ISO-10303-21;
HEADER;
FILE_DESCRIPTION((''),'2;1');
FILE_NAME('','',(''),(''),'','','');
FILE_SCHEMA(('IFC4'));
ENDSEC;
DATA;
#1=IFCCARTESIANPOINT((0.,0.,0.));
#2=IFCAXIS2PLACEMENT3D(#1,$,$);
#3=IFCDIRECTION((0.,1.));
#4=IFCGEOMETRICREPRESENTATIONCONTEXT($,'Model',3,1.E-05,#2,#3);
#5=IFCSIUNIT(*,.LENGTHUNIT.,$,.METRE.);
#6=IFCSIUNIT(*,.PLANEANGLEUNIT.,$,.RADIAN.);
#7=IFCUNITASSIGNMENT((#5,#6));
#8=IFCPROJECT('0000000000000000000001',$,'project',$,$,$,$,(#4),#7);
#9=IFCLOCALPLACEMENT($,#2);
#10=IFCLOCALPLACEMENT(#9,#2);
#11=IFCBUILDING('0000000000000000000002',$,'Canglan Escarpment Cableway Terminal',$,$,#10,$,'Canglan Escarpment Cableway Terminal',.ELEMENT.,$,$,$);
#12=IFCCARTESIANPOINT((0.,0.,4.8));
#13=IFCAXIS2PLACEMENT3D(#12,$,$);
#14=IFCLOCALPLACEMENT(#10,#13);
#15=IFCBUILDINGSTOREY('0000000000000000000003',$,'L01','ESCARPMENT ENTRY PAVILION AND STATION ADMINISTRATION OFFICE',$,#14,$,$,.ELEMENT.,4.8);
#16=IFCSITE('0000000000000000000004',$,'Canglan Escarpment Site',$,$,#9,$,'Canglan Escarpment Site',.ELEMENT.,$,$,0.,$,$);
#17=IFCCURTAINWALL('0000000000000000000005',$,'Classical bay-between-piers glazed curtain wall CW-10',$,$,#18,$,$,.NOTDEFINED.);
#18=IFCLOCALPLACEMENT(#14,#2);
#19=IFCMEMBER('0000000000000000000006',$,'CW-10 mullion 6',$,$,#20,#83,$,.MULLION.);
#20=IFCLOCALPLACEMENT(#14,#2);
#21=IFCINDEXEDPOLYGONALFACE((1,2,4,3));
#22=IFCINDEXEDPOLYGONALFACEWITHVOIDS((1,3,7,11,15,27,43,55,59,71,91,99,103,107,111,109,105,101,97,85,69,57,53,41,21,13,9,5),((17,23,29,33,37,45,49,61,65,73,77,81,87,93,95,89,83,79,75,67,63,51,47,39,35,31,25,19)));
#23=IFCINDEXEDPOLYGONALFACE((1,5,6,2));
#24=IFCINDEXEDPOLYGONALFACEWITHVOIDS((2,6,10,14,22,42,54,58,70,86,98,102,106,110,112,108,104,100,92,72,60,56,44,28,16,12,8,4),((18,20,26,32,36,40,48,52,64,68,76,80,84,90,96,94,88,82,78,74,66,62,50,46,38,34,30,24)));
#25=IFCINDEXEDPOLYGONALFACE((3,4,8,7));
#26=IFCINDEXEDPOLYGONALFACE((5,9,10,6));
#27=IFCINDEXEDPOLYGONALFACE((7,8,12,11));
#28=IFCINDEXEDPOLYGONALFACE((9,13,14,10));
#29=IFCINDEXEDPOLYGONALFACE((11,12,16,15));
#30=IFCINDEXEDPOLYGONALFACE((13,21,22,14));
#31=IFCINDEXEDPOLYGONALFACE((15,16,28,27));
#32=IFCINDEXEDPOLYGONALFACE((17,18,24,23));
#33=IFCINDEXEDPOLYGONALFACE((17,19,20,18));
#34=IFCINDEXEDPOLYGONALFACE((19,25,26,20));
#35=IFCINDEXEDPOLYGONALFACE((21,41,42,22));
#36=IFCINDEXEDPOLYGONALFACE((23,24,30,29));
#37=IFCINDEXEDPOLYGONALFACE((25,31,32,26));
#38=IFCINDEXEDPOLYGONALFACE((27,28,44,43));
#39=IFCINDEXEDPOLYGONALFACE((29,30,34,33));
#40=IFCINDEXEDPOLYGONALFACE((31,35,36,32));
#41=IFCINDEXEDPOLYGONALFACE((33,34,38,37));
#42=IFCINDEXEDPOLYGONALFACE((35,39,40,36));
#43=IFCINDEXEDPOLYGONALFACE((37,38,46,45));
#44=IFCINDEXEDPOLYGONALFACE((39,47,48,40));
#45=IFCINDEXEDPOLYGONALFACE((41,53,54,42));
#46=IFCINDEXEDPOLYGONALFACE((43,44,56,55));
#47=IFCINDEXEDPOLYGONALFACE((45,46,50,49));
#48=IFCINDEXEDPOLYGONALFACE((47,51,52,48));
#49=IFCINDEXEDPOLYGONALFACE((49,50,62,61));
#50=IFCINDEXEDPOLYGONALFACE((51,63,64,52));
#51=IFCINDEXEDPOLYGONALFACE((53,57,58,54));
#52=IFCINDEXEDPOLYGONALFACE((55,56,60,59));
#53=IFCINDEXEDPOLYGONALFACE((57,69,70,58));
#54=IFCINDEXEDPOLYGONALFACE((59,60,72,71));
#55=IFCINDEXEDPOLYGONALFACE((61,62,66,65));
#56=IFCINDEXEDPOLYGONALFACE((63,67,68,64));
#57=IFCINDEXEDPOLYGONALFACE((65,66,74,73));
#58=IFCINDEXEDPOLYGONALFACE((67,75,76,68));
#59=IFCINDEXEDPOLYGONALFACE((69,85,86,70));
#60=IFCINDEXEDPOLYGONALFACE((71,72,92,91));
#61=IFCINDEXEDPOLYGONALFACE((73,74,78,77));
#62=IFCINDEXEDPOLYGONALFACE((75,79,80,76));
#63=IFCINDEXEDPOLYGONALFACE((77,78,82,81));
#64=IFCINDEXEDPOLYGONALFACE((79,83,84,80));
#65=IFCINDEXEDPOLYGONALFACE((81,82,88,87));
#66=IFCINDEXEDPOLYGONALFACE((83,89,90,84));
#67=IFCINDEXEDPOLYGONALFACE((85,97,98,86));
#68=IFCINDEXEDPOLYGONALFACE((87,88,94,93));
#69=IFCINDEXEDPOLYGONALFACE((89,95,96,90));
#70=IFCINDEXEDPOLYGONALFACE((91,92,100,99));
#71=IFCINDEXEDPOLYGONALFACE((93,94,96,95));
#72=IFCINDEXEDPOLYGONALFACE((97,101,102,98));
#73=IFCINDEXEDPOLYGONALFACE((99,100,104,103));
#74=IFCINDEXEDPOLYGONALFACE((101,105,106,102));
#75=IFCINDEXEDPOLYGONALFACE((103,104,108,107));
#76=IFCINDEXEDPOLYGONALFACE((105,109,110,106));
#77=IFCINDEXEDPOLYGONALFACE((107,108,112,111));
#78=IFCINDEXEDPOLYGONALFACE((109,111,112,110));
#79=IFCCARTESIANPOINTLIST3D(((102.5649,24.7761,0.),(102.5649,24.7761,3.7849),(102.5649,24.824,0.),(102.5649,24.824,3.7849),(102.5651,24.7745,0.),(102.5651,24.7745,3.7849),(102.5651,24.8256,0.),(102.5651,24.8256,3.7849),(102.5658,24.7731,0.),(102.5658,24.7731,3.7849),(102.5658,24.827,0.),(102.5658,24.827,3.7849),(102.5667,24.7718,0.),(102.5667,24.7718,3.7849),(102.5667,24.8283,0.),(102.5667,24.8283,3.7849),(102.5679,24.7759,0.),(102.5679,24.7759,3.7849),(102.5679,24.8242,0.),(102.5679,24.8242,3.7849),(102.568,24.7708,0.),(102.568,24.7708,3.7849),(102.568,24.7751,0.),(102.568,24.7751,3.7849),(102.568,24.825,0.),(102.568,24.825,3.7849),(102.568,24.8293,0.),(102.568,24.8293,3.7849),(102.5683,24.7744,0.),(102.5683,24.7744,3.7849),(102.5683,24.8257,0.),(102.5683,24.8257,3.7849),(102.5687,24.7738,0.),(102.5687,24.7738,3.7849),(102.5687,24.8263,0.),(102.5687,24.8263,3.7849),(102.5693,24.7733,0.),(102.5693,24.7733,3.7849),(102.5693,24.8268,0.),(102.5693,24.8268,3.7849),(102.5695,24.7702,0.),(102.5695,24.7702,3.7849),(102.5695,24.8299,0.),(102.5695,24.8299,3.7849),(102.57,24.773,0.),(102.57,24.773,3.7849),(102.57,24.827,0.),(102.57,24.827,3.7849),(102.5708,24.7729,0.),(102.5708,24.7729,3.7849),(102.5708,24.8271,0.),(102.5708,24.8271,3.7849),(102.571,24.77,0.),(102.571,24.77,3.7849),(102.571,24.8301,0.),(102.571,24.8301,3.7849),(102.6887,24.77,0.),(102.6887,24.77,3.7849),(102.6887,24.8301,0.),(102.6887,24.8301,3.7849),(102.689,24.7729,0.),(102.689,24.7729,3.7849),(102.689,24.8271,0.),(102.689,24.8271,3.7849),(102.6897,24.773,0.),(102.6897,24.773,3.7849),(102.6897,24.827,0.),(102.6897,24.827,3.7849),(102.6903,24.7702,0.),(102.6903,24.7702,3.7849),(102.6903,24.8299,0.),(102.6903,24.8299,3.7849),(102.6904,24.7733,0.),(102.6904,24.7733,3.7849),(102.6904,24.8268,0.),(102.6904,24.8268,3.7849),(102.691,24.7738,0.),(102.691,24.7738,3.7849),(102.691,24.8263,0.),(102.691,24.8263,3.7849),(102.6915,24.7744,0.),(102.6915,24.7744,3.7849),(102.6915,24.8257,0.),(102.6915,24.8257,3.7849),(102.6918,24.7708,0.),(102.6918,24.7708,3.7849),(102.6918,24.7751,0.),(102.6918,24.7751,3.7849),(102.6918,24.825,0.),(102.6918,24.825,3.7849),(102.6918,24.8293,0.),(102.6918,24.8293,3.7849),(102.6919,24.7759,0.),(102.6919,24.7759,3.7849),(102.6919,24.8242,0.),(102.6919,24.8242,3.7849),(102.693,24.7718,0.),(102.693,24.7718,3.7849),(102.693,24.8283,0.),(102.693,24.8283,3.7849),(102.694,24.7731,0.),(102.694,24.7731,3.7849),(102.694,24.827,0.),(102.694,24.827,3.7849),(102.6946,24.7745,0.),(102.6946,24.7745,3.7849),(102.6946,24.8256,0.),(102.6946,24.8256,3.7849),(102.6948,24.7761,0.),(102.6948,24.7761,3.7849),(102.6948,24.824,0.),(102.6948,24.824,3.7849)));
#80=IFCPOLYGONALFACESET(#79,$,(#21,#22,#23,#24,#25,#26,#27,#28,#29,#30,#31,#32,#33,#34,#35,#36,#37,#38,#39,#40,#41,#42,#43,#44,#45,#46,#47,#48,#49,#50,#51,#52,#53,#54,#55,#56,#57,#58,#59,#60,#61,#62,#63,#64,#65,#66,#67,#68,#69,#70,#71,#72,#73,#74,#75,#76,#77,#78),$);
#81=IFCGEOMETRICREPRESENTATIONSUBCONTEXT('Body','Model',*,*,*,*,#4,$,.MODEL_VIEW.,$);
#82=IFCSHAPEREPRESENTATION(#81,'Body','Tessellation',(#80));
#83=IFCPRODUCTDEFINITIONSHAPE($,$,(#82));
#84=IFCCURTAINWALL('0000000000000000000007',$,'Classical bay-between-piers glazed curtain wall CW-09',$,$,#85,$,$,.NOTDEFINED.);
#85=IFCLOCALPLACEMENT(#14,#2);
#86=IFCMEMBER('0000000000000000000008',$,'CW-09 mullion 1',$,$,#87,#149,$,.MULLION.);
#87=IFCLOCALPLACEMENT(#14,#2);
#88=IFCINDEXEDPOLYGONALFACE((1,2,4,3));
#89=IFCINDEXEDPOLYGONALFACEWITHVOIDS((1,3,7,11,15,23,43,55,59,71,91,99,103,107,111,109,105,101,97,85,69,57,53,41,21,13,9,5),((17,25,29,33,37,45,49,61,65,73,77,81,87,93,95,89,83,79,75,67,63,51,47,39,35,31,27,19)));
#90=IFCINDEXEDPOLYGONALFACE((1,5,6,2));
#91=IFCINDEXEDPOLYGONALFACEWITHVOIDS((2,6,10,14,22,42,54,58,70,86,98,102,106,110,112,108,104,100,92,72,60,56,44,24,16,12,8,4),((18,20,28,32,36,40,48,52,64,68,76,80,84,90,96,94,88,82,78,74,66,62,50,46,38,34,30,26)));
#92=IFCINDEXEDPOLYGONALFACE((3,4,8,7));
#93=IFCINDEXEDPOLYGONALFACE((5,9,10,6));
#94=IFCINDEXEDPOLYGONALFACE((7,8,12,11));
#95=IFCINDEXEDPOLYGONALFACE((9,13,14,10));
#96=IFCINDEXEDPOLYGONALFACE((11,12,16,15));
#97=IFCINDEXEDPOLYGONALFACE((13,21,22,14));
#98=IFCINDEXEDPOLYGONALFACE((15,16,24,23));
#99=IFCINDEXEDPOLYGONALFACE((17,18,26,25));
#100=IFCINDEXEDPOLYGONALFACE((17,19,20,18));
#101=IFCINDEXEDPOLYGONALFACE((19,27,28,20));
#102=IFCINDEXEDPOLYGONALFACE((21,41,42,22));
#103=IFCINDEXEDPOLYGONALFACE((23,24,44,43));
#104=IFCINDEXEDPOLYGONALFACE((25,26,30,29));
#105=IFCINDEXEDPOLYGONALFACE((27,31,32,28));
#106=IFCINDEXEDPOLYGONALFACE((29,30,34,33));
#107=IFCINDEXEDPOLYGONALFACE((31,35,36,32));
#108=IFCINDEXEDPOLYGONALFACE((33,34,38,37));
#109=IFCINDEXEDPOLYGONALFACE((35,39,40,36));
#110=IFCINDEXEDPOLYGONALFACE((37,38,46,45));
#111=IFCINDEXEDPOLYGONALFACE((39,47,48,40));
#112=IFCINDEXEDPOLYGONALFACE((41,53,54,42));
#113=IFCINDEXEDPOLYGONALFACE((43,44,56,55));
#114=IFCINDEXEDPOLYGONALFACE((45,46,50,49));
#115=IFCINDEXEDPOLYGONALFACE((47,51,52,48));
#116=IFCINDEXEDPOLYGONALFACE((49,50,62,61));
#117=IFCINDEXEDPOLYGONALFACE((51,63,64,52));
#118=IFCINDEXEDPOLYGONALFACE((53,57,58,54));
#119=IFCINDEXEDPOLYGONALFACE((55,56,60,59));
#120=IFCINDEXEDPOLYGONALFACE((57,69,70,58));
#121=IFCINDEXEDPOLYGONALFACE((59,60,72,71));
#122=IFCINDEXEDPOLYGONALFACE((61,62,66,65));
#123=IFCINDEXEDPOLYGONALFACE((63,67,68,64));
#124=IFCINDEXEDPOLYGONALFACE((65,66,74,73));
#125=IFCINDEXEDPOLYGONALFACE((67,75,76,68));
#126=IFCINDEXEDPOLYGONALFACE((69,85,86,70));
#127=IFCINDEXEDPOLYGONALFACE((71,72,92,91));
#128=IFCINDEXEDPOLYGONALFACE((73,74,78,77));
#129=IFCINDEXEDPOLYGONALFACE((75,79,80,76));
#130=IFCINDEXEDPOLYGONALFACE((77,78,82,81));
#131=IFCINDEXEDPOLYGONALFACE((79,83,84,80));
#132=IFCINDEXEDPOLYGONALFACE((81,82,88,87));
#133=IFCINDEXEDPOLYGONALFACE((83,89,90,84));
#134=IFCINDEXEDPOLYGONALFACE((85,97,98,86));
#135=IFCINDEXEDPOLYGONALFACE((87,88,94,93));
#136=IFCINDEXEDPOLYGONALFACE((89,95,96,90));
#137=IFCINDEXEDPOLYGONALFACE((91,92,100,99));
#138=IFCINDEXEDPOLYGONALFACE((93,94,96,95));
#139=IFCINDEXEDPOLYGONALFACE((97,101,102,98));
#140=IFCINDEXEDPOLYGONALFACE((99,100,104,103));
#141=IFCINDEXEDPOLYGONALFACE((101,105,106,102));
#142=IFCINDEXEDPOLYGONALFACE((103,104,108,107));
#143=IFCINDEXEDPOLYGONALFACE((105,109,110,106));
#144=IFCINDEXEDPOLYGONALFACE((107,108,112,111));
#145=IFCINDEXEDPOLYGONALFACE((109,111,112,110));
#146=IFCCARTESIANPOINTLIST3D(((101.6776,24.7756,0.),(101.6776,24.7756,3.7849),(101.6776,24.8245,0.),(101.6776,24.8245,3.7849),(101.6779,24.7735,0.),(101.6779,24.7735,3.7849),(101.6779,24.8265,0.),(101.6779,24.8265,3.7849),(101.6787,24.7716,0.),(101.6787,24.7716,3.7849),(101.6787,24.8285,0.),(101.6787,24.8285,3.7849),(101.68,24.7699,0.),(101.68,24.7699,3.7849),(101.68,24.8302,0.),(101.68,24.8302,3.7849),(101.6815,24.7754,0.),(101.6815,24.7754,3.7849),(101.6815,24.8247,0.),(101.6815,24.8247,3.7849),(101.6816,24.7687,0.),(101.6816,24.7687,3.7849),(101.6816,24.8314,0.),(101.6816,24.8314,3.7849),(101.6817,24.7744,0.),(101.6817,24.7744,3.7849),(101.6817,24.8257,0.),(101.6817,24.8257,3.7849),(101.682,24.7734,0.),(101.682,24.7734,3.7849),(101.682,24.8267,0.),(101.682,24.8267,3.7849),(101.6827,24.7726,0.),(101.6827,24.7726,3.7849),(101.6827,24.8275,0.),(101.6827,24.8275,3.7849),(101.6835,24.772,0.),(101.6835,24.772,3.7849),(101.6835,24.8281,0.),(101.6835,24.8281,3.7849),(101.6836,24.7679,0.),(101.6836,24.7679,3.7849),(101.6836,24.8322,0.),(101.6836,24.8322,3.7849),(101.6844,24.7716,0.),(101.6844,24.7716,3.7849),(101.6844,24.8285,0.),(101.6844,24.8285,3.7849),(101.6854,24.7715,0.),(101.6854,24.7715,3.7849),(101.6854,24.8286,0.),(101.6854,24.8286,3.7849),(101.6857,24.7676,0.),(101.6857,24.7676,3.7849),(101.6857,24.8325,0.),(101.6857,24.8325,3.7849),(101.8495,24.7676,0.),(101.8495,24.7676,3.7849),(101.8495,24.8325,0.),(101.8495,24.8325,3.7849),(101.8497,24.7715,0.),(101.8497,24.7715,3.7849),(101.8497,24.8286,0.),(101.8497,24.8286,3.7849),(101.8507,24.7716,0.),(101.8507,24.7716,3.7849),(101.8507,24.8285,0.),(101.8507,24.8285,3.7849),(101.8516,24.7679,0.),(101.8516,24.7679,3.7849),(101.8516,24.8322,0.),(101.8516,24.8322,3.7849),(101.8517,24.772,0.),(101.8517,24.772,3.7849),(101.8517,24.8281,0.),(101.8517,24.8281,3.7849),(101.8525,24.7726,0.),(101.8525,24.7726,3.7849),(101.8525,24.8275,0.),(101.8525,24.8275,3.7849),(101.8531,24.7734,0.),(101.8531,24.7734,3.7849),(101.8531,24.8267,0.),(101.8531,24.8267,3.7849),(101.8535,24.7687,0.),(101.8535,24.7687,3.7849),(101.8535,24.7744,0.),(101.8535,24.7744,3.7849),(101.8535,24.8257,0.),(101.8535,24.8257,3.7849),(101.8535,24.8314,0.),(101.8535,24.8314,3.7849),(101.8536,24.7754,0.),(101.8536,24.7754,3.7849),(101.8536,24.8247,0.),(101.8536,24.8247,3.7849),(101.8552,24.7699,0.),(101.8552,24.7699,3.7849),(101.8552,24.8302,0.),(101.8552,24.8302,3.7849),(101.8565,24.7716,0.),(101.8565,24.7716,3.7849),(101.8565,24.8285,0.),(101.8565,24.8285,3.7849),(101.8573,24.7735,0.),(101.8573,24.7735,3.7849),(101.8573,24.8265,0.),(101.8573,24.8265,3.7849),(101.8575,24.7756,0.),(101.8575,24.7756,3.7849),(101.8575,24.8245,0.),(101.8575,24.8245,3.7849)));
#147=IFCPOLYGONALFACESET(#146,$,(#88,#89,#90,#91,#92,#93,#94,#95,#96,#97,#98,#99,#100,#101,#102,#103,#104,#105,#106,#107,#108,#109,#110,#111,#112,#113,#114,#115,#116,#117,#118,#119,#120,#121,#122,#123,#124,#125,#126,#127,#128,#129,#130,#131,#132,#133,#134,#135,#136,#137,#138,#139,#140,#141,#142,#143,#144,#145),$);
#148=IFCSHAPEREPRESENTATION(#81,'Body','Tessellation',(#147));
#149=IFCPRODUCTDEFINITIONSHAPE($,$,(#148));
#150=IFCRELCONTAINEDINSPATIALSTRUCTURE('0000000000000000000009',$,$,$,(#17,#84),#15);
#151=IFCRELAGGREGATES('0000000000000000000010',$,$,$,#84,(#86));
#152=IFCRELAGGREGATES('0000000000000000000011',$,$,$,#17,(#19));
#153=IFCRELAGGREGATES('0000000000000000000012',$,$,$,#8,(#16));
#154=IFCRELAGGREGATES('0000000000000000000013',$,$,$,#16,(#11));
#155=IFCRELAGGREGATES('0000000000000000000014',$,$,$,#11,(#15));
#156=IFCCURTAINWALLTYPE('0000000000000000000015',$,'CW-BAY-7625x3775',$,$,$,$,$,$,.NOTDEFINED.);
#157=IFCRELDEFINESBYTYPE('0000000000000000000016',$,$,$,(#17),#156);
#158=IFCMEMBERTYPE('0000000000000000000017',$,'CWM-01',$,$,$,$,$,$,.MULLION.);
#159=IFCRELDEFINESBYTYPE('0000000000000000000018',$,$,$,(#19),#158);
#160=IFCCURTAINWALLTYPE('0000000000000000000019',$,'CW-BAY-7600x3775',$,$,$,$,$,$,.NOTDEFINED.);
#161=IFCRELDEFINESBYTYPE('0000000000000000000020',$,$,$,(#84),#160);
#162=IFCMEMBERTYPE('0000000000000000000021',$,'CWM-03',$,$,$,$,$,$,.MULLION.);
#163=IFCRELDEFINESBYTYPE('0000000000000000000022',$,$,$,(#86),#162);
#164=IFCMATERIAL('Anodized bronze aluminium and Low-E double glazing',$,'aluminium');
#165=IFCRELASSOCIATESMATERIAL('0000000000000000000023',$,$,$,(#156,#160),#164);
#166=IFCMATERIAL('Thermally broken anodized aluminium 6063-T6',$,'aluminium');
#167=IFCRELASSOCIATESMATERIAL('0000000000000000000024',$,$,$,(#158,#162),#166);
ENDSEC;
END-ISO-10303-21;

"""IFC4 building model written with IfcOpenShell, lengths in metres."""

from ifc_helpers import new_model, si_unit, direction, frame, origin, origin_2d, place, context, subcontext, project, spatial, hollow_rectangle, extrude, material, material_profile, profile_set, type_object, element, aggregate, save


model = new_model("IFC4")

# Units and contexts
model_context = context("Model", 3, precision=1e-05, world=origin(), true_north=direction((0.0, 1.0)))
body_context = subcontext(model_context, "Body", "Model", "MODEL_VIEW")
ifc_project = project(units=[si_unit("LENGTHUNIT", "METRE"), si_unit("PLANEANGLEUNIT", "RADIAN")], contexts=[model_context])

# Site, building, storey
site_placement = place(None, origin())
site = spatial("IfcSite", under=ifc_project, at=site_placement, Name="Canglan Escarpment Site", LongName="Canglan Escarpment Site", CompositionType="ELEMENT", RefElevation=0.0)
building_placement = place(site_placement, origin())
building = spatial("IfcBuilding", under=site, at=building_placement, Name="Canglan Escarpment Cableway Terminal", LongName="Canglan Escarpment Cableway Terminal", CompositionType="ELEMENT")
storey_placement = place(building_placement, frame((0.0, 0.0, 4.8)))
storey = spatial("IfcBuildingStorey", under=building, at=storey_placement, Name="L01", Description="ESCARPMENT ENTRY PAVILION AND STATION ADMINISTRATION OFFICE", CompositionType="ELEMENT", Elevation=4.8)

# Curtain wall, member
ifc_material_1 = material(Name="Anodized bronze aluminium and Low-E double glazing", Category="aluminium")
curtain_wall_type_1 = type_object("IfcCurtainWallType", Name="CW-BAY-7625x3775", PredefinedType="NOTDEFINED", material=ifc_material_1)
curtain_wall_1_placement = place(storey_placement, origin())
curtain_wall_1 = element("IfcCurtainWall", 1, at=curtain_wall_1_placement, inside=storey, type_object=curtain_wall_type_1, Name="Classical bay-between-piers glazed curtain wall CW-10", PredefinedType="NOTDEFINED")
ifc_material_2 = material(Name="Thermally broken anodized aluminium 6063-T6", Category="aluminium")
ifc_material_profile_1 = material_profile(ifc_material_2, hollow_rectangle(XDim=0.0601, YDim=0.1299, WallThickness=0.0029, InnerFilletRadius=0.0029, OuterFilletRadius=0.0061, at=origin_2d()), Name="ALU-MULL 60x130x3")
ifc_profile_set_1 = profile_set([ifc_material_profile_1], Name="Thermally broken anodized aluminium 6063-T6")
member_type_1 = type_object("IfcMemberType", Name="CWM-01", PredefinedType="MULLION", material=ifc_profile_set_1)
member_1_placement = place(storey_placement, frame((102.6299, 24.8, 0.0), z_axis=(0.0, 0.0, 1.0), x_axis=(0.0, -1.0, 0.0)))
member_1 = element("IfcMember", 2, at=member_1_placement, type_object=member_type_1, Name="CW-10 mullion 6", PredefinedType="MULLION", context=body_context, shape_type="SweptSolid", body=[
    extrude(hollow_rectangle(XDim=0.0601, YDim=0.1299, WallThickness=0.0029, InnerFilletRadius=0.0029, OuterFilletRadius=0.0061, at=origin_2d()), origin(), (0.0, 0.0, 1.0), 3.7849),
])

# Curtain wall, member
curtain_wall_type_2 = type_object("IfcCurtainWallType", Name="CW-BAY-7600x3775", PredefinedType="NOTDEFINED", material=ifc_material_1)
curtain_wall_2_placement = place(storey_placement, origin())
curtain_wall_2 = element("IfcCurtainWall", 3, at=curtain_wall_2_placement, inside=storey, type_object=curtain_wall_type_2, Name="Classical bay-between-piers glazed curtain wall CW-09", PredefinedType="NOTDEFINED")
ifc_material_profile_2 = material_profile(ifc_material_2, hollow_rectangle(XDim=0.0649, YDim=0.1799, WallThickness=0.0039, InnerFilletRadius=0.0039, OuterFilletRadius=0.0081, at=origin_2d()), Name="ALU-MULL 65x180x4")
ifc_profile_set_2 = profile_set([ifc_material_profile_2], Name="Thermally broken anodized aluminium 6063-T6")
member_type_2 = type_object("IfcMemberType", Name="CWM-03", PredefinedType="MULLION", material=ifc_profile_set_2)
member_2_placement = place(storey_placement, frame((101.7676, 24.8, 0.0), z_axis=(0.0, 0.0, 1.0), x_axis=(0.0, -1.0, 0.0)))
member_2 = element("IfcMember", 4, at=member_2_placement, type_object=member_type_2, Name="CW-09 mullion 1", PredefinedType="MULLION", context=body_context, shape_type="SweptSolid", body=[
    extrude(hollow_rectangle(XDim=0.0649, YDim=0.1799, WallThickness=0.0039, InnerFilletRadius=0.0039, OuterFilletRadius=0.0081, at=origin_2d()), origin(), (0.0, 0.0, 1.0), 3.7849),
])

aggregate(curtain_wall_2, [member_2])

aggregate(curtain_wall_1, [member_1])

save(model, "model.ifc")
